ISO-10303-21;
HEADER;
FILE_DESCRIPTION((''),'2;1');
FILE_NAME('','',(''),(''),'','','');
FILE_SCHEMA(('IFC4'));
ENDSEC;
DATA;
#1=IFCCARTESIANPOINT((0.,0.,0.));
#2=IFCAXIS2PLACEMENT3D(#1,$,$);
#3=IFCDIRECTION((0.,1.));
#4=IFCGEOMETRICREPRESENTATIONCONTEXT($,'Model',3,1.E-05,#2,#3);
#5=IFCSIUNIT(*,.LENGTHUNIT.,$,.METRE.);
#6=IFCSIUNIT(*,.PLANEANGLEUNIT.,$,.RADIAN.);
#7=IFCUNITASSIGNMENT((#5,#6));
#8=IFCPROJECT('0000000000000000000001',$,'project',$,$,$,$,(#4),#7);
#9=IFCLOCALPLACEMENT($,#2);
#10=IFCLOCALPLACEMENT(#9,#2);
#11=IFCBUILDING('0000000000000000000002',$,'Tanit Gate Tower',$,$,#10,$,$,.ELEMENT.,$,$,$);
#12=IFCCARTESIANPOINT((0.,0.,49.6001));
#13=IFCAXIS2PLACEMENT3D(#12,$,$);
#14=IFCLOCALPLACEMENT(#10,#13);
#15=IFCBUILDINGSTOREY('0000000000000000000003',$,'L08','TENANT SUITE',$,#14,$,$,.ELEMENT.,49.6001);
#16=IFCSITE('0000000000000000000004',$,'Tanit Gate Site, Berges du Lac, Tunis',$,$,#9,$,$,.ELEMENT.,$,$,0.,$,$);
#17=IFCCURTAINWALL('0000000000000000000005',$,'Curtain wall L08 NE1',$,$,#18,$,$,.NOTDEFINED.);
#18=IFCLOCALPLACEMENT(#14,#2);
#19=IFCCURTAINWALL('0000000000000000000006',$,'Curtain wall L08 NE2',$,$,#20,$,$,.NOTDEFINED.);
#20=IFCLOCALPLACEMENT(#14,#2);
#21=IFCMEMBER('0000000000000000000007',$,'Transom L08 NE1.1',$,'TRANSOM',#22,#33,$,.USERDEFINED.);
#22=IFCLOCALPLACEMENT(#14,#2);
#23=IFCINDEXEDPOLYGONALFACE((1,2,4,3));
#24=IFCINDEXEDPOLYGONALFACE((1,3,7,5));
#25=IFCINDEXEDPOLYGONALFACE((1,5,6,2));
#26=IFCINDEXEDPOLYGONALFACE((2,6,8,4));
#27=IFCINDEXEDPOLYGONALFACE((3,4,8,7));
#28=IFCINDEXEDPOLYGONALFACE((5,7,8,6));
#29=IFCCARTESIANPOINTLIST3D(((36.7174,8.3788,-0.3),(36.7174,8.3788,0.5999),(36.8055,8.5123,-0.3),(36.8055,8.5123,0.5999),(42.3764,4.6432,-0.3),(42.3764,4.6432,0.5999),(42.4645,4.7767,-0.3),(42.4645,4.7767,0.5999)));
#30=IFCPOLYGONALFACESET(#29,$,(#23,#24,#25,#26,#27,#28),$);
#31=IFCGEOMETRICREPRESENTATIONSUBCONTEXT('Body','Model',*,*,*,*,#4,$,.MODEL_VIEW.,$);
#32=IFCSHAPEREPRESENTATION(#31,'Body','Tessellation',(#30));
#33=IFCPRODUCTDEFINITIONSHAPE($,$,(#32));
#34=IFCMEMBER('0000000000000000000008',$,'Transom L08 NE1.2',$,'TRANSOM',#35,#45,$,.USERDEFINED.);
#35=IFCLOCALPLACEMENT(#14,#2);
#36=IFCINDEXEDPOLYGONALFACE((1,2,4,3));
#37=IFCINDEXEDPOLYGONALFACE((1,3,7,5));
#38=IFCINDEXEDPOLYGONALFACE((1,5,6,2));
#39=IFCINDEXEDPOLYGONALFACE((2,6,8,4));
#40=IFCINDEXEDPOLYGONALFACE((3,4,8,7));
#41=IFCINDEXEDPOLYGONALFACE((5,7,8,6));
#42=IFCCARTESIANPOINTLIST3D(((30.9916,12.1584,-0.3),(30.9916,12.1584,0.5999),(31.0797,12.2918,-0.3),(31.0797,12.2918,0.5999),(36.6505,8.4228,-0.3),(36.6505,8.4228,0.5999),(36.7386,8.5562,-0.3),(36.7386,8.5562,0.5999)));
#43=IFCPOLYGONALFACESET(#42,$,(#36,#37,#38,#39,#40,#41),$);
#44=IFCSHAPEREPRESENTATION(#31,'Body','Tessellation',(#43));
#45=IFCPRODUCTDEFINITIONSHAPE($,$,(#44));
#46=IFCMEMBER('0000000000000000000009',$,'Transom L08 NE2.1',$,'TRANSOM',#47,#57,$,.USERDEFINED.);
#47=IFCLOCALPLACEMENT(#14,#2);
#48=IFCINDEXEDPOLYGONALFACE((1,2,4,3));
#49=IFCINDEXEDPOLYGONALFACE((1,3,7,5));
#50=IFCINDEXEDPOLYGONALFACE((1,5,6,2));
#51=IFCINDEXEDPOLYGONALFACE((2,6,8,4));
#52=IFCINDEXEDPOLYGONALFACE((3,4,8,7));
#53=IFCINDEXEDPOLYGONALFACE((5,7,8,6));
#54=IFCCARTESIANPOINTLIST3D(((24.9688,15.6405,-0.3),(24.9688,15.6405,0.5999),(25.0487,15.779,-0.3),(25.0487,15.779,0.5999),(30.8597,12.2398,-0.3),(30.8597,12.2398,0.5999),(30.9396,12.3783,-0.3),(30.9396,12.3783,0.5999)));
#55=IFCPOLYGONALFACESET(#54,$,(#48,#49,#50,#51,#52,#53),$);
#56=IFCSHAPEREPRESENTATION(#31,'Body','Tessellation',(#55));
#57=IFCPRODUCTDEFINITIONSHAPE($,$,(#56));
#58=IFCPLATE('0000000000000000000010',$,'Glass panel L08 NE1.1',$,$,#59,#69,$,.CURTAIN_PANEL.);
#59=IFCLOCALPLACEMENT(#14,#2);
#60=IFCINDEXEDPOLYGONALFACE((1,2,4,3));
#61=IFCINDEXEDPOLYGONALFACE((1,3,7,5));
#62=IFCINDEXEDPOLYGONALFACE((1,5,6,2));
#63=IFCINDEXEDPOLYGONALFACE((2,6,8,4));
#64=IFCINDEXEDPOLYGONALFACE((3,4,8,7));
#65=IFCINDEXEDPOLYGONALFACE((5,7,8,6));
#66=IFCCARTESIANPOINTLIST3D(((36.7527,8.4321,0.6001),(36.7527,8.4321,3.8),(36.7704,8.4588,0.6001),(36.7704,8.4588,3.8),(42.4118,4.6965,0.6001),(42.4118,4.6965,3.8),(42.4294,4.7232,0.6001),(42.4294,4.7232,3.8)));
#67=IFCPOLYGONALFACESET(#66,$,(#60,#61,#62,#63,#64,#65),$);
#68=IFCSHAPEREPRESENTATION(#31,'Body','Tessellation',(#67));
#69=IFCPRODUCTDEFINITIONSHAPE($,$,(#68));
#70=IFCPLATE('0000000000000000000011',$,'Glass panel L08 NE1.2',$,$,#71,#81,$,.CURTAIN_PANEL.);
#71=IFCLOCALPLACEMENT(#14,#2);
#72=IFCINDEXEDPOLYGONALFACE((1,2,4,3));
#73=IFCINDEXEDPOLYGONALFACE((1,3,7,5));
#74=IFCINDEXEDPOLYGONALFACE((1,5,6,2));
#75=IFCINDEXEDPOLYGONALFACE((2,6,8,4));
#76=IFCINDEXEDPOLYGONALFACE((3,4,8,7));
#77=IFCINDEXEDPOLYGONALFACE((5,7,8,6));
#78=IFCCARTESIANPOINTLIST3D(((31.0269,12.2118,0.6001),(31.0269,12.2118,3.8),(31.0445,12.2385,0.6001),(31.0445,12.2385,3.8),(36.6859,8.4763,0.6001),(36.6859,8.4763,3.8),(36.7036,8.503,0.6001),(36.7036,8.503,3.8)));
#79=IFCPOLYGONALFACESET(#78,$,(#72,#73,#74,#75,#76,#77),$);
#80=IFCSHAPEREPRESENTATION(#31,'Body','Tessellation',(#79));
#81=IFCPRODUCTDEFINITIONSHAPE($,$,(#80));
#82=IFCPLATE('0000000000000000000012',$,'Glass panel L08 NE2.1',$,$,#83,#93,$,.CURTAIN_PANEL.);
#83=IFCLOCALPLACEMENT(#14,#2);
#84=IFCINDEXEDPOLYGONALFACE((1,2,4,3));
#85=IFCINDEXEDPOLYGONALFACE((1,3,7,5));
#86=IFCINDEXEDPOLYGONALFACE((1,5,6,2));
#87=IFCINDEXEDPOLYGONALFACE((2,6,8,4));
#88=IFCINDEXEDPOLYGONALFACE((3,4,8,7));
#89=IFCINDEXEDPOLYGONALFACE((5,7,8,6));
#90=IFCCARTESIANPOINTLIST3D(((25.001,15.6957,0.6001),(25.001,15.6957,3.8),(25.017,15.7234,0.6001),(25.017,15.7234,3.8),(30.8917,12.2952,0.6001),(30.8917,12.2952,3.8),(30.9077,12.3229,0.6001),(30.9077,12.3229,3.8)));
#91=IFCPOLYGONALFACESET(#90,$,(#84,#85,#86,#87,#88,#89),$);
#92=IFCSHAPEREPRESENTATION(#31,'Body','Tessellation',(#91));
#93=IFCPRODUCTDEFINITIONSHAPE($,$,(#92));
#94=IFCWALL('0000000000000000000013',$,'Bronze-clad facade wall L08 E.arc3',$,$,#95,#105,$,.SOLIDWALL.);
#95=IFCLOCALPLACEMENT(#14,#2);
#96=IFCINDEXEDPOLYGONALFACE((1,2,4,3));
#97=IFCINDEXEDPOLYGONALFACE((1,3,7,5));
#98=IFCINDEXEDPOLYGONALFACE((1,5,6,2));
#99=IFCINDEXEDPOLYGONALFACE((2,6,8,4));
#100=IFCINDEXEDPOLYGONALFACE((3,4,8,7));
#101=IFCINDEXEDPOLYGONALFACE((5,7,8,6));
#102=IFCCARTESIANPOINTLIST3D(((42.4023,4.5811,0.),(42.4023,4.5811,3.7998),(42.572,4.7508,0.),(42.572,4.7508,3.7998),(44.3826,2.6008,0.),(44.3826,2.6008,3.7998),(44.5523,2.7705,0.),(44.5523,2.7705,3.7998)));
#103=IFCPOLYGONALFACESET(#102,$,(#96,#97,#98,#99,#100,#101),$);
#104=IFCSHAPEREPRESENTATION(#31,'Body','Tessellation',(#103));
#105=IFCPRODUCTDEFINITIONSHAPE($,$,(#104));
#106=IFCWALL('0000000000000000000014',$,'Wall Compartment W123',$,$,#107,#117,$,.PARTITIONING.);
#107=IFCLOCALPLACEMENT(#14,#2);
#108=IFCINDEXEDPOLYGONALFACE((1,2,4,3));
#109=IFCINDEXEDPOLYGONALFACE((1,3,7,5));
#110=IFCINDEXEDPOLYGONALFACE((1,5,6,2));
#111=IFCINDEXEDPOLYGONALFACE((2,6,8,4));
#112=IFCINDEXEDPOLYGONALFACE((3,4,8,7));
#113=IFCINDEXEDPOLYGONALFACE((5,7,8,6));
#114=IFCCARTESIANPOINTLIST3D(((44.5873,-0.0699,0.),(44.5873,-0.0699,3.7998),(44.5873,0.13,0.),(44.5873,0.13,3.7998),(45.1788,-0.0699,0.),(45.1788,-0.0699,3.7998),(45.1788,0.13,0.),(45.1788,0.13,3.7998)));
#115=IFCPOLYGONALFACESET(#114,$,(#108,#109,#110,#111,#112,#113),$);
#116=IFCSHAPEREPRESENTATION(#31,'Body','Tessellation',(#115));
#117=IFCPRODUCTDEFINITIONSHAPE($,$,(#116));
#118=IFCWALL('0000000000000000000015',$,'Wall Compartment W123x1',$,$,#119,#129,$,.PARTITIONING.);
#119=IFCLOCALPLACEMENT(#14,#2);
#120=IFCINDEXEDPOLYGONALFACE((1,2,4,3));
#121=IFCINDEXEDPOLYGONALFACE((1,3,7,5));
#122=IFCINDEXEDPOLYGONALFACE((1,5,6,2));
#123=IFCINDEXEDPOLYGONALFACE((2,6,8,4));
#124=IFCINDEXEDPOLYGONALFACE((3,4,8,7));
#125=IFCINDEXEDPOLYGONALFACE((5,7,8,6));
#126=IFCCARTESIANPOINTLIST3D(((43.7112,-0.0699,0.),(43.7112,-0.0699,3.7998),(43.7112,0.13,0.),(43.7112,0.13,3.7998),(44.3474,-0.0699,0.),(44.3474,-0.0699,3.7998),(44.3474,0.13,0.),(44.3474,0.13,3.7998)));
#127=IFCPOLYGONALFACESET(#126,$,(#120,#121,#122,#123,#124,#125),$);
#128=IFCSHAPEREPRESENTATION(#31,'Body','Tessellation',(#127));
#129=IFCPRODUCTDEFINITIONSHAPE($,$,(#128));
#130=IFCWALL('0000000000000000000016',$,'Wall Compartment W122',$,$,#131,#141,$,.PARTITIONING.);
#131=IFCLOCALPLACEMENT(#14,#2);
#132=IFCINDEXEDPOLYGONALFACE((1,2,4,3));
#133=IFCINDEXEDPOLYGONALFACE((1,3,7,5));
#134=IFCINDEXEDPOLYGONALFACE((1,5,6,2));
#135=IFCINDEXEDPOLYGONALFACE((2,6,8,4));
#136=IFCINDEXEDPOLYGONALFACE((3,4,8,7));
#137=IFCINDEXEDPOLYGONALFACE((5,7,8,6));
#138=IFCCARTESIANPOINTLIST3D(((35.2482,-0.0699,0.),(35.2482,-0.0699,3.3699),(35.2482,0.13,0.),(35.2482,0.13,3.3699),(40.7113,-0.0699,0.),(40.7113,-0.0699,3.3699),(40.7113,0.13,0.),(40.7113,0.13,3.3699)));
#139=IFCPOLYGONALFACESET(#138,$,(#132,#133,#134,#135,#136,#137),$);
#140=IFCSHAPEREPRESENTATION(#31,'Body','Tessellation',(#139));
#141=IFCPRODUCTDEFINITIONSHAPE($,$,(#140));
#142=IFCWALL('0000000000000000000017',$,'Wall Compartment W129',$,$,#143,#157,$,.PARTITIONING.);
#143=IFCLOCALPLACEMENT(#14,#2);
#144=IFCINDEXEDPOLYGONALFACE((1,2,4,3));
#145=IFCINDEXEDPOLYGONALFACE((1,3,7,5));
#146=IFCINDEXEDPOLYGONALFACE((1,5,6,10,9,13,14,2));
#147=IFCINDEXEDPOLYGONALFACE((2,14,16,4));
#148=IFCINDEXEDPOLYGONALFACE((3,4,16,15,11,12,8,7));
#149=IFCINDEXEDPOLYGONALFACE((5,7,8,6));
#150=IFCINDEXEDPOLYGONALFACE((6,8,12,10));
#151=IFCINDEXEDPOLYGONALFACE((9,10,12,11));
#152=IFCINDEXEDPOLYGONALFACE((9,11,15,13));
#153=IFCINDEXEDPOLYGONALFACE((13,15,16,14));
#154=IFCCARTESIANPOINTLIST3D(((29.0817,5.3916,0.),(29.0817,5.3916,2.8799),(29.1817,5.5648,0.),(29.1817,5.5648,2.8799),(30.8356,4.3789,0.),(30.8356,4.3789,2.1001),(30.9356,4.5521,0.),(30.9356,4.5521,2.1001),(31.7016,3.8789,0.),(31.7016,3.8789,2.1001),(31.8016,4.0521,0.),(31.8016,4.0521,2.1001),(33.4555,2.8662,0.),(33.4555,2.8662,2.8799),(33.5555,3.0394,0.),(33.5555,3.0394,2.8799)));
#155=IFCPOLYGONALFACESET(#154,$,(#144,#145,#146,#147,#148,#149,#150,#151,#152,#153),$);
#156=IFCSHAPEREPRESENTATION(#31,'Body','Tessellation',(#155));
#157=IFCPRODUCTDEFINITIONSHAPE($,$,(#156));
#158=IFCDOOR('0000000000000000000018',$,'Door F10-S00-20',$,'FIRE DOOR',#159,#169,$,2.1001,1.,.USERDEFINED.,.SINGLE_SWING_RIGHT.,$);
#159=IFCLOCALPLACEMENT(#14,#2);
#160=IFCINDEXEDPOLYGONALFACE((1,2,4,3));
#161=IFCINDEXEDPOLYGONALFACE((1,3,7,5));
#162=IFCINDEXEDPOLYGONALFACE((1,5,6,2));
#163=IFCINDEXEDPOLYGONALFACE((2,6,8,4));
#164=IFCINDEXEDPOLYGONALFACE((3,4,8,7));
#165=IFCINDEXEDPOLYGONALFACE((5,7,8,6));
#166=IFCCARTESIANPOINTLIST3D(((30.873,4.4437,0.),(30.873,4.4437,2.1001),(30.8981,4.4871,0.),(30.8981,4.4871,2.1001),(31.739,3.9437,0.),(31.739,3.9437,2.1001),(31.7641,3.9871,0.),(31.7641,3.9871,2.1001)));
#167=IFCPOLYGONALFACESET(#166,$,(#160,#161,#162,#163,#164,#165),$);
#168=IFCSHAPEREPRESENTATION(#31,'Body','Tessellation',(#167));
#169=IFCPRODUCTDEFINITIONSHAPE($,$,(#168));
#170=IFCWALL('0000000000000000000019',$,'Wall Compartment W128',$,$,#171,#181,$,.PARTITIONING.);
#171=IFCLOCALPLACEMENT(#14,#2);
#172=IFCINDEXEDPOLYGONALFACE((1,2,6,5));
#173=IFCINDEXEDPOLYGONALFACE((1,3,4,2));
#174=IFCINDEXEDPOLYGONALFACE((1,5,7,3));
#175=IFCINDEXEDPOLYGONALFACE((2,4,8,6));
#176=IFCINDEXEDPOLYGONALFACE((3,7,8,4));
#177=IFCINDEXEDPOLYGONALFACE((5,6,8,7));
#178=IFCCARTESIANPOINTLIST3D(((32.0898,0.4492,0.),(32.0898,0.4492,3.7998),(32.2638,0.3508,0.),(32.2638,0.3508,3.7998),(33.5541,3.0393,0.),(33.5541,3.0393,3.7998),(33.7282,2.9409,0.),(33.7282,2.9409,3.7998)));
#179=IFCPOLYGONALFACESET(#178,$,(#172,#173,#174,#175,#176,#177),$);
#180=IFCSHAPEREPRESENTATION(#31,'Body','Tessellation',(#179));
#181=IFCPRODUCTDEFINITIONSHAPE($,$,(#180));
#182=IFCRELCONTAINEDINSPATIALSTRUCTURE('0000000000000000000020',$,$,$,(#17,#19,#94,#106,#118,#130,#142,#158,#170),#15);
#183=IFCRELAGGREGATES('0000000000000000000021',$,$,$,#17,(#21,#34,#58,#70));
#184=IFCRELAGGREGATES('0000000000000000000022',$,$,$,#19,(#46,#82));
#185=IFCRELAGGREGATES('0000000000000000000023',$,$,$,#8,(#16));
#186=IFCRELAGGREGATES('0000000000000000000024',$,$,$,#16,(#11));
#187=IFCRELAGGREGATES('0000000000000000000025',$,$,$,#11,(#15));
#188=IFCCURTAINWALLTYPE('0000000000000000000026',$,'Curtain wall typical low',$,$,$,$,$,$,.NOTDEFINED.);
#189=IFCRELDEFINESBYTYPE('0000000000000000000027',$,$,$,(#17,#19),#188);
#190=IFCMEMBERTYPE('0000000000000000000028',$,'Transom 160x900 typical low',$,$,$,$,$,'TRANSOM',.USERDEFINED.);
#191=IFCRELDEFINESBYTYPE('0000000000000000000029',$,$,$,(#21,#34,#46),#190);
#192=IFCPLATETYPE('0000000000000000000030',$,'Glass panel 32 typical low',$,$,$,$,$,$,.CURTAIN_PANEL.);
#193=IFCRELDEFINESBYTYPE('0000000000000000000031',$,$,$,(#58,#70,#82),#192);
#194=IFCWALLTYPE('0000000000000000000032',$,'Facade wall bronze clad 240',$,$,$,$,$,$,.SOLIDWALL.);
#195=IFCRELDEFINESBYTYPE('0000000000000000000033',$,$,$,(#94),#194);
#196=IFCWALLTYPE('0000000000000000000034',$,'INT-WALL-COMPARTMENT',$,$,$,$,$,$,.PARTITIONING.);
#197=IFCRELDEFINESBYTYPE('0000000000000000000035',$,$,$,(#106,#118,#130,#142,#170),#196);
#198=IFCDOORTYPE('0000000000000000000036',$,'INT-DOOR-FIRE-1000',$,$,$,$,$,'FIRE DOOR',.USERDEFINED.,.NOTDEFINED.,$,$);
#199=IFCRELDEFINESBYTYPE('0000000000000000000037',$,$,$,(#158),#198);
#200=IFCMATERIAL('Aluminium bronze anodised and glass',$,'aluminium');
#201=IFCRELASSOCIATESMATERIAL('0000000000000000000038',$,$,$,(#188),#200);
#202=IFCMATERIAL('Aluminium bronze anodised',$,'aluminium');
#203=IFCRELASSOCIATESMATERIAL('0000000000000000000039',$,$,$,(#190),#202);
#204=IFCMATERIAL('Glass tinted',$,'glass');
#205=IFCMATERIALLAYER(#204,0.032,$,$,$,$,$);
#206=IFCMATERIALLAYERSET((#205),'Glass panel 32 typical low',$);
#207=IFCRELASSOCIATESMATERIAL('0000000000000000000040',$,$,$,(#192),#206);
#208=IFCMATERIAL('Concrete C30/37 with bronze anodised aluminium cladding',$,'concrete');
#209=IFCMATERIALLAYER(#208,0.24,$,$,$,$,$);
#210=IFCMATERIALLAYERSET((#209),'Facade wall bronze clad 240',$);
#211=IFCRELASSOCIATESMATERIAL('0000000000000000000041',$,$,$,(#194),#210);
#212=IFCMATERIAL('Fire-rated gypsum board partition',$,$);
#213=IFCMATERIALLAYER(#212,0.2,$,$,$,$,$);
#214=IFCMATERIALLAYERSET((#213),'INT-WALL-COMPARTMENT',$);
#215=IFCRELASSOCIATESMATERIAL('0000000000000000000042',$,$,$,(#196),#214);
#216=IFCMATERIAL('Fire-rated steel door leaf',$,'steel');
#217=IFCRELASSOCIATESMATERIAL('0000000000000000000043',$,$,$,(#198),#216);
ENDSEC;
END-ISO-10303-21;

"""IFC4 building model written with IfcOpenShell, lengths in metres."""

from ifc_helpers import new_model, si_unit, direction, frame, frame_2d, origin, origin_2d, place, context, subcontext, project, spatial, rectangle, extrude, material, layer, layer_set, material_profile, profile_set, type_object, element, fill, aggregate, save


model = new_model("IFC4")

# Units and contexts
model_context = context("Model", 3, precision=1e-05, world=origin(), true_north=direction((0.0, 1.0)))
body_context = subcontext(model_context, "Body", "Model", "MODEL_VIEW")
ifc_project = project(units=[si_unit("LENGTHUNIT", "METRE"), si_unit("PLANEANGLEUNIT", "RADIAN")], contexts=[model_context])

# Site, building, storey
site_placement = place(None, origin())
site = spatial("IfcSite", under=ifc_project, at=site_placement, Name="Tanit Gate Site, Berges du Lac, Tunis", CompositionType="ELEMENT", RefElevation=0.0)
building_placement = place(site_placement, origin())
building = spatial("IfcBuilding", under=site, at=building_placement, Name="Tanit Gate Tower", CompositionType="ELEMENT")
storey_placement = place(building_placement, frame((0.0, 0.0, 49.6001)))
storey = spatial("IfcBuildingStorey", under=building, at=storey_placement, Name="L08", Description="TENANT SUITE", CompositionType="ELEMENT", Elevation=49.6001)

# Curtain walls
ifc_material_1 = material(Name="Aluminium bronze anodised and glass", Category="aluminium")
curtain_wall_type = type_object("IfcCurtainWallType", Name="Curtain wall typical low", PredefinedType="NOTDEFINED", material=ifc_material_1)
curtain_wall_1_placement = place(storey_placement, origin())
curtain_wall_1 = element("IfcCurtainWall", 1, at=curtain_wall_1_placement, inside=storey, type_object=curtain_wall_type, Name="Curtain wall L08 NE1", PredefinedType="NOTDEFINED")
curtain_wall_2_placement = place(storey_placement, origin())
curtain_wall_2 = element("IfcCurtainWall", 2, at=curtain_wall_2_placement, inside=storey, type_object=curtain_wall_type, Name="Curtain wall L08 NE2", PredefinedType="NOTDEFINED")

# Members
ifc_material_2 = material(Name="Aluminium bronze anodised", Category="aluminium")
ifc_material_profile_1 = material_profile(ifc_material_2, rectangle(XDim=0.1599, YDim=0.8999, at=origin_2d()), Name="160x900 bronze transom")
ifc_profile_set_1 = profile_set([ifc_material_profile_1], Name="Aluminium bronze anodised")
member_type_1 = type_object("IfcMemberType", Name="Transom 160x900 typical low", ElementType="TRANSOM", PredefinedType="USERDEFINED", material=ifc_profile_set_1)
member_1_placement = place(storey_placement, frame((42.4204, 4.71, 0.1499), z_axis=(-0.834562, 0.550914, 0.0), x_axis=(-0.550914, -0.834562, 0.0)))
member_1 = element("IfcMember", 3, at=member_1_placement, type_object=member_type_1, Name="Transom L08 NE1.1", ObjectType="TRANSOM", PredefinedType="USERDEFINED", context=body_context, shape_type="SweptSolid", body=[
    extrude(rectangle(XDim=0.1599, YDim=0.8999, at=origin_2d()), origin(), (0.0, 0.0, 1.0), 6.7808),
])
member_2_placement = place(storey_placement, frame((36.6946, 8.4895, 0.1499), z_axis=(-0.834562, 0.550914, 0.0), x_axis=(-0.550914, -0.834562, 0.0)))
member_2 = element("IfcMember", 4, at=member_2_placement, type_object=member_type_1, Name="Transom L08 NE1.2", ObjectType="TRANSOM", PredefinedType="USERDEFINED", context=body_context, shape_type="SweptSolid", body=[
    extrude(rectangle(XDim=0.1599, YDim=0.8999, at=origin_2d()), origin(), (0.0, 0.0, 1.0), 6.7808),
])
member_3_placement = place(storey_placement, frame((30.8997, 12.3091, 0.1499), z_axis=(-0.866055, 0.499949, 0.0), x_axis=(-0.499949, -0.866055, 0.0)))
member_3 = element("IfcMember", 5, at=member_3_placement, type_object=member_type_1, Name="Transom L08 NE2.1", ObjectType="TRANSOM", PredefinedType="USERDEFINED", context=body_context, shape_type="SweptSolid", body=[
    extrude(rectangle(XDim=0.1599, YDim=0.8999, at=origin_2d()), origin(), (0.0, 0.0, 1.0), 6.802),
])

# Plates
ifc_material_3 = material(Name="Glass tinted", Category="glass")
ifc_layer_1 = layer(ifc_material_3, 0.032)
ifc_layer_set_1 = layer_set([ifc_layer_1], Name="Glass panel 32 typical low")
plate_type = type_object("IfcPlateType", Name="Glass panel 32 typical low", PredefinedType="CURTAIN_PANEL", material=ifc_layer_set_1)
plate_1_placement = place(storey_placement, frame((39.5911, 6.5776, 0.6001), z_axis=(0.0, 0.0, 1.0), x_axis=(-0.834569, 0.550903, 0.0)))
plate_1 = element("IfcPlate", 6, at=plate_1_placement, type_object=plate_type, Name="Glass panel L08 NE1.1", PredefinedType="CURTAIN_PANEL", context=body_context, shape_type="SweptSolid", body=[
    extrude(rectangle(XDim=6.7808, YDim=0.032, at=origin_2d()), origin(), (0.0, 0.0, 1.0), 3.2),
])
plate_2_placement = place(storey_placement, frame((33.8652, 10.3574, 0.6001), z_axis=(0.0, 0.0, 1.0), x_axis=(-0.834569, 0.550903, 0.0)))
plate_2 = element("IfcPlate", 7, at=plate_2_placement, type_object=plate_type, Name="Glass panel L08 NE1.2", PredefinedType="CURTAIN_PANEL", context=body_context, shape_type="SweptSolid", body=[
    extrude(rectangle(XDim=6.7808, YDim=0.032, at=origin_2d()), origin(), (0.0, 0.0, 1.0), 3.2),
])
aggregate(curtain_wall_1, [member_1, member_2, plate_1, plate_2])
plate_3_placement = place(storey_placement, frame((27.9543, 14.0093, 0.6001), z_axis=(0.0, 0.0, 1.0), x_axis=(-0.86606, 0.49994, 0.0)))
plate_3 = element("IfcPlate", 8, at=plate_3_placement, type_object=plate_type, Name="Glass panel L08 NE2.1", PredefinedType="CURTAIN_PANEL", context=body_context, shape_type="SweptSolid", body=[
    extrude(rectangle(XDim=6.8018, YDim=0.032, at=origin_2d()), origin(), (0.0, 0.0, 1.0), 3.2),
])
aggregate(curtain_wall_2, [member_3, plate_3])

# Walls
ifc_material_4 = material(Name="Concrete C30/37 with bronze anodised aluminium cladding", Category="concrete")
ifc_layer_2 = layer(ifc_material_4, 0.24)
ifc_layer_set_2 = layer_set([ifc_layer_2], Name="Facade wall bronze clad 240")
wall_type_1 = type_object("IfcWallType", Name="Facade wall bronze clad 240", PredefinedType="SOLIDWALL", material=ifc_layer_set_2)
wall_1_placement = place(storey_placement, frame((44.4675, 2.6855, 0.0), z_axis=(0.0, 0.0, 1.0), x_axis=(-0.707107, 0.707107, 0.0)))
element("IfcWall", 9, at=wall_1_placement, inside=storey, type_object=wall_type_1, Name="Bronze-clad facade wall L08 E.arc3", PredefinedType="SOLIDWALL", context=body_context, shape_type="SweptSolid", body=[
    extrude(rectangle(XDim=2.8005, YDim=0.24, at=frame_2d((1.4004, 0.0))), origin(), (0.0, 0.0, 1.0), 3.7998),
])
ifc_material_5 = material(Name="Fire-rated gypsum board partition")
ifc_layer_3 = layer(ifc_material_5, 0.2)
ifc_layer_set_3 = layer_set([ifc_layer_3], Name="INT-WALL-COMPARTMENT")
wall_type_2 = type_object("IfcWallType", Name="INT-WALL-COMPARTMENT", PredefinedType="PARTITIONING", material=ifc_layer_set_3)
wall_2_placement = place(storey_placement, frame((45.179, 0.03, 0.0), z_axis=(0.0, 0.0, 1.0), x_axis=(-1.0, 0.0, 0.0)))
element("IfcWall", 10, at=wall_2_placement, inside=storey, type_object=wall_type_2, Name="Wall Compartment W123", PredefinedType="PARTITIONING", context=body_context, shape_type="SweptSolid", body=[
    extrude(rectangle(XDim=0.5916, YDim=0.2, at=frame_2d((0.2959, 0.0))), origin(), (0.0, 0.0, 1.0), 3.7998),
])
wall_3_placement = place(storey_placement, frame((44.3474, 0.03, 0.0), z_axis=(0.0, 0.0, 1.0), x_axis=(-1.0, 0.0, 0.0)))
element("IfcWall", 11, at=wall_3_placement, inside=storey, type_object=wall_type_2, Name="Wall Compartment W123x1", PredefinedType="PARTITIONING", context=body_context, shape_type="SweptSolid", body=[
    extrude(rectangle(XDim=0.6362, YDim=0.2, at=frame_2d((0.3181, 0.0))), origin(), (0.0, 0.0, 1.0), 3.7998),
])
wall_4_placement = place(storey_placement, frame((40.7112, 0.03, 0.0), z_axis=(0.0, 0.0, 1.0), x_axis=(-1.0, 0.0, 0.0)))
element("IfcWall", 12, at=wall_4_placement, inside=storey, type_object=wall_type_2, Name="Wall Compartment W122", PredefinedType="PARTITIONING", context=body_context, shape_type="SweptSolid", body=[
    extrude(rectangle(XDim=5.4631, YDim=0.2, at=frame_2d((2.7314, 0.0))), origin(), (0.0, 0.0, 1.0), 3.3699),
])

# Wall, opening, door
wall_5_placement = place(storey_placement, frame((29.1316, 5.4783, 0.0), z_axis=(0.0, 0.0, 1.0), x_axis=(0.866009, -0.500028, 0.0)))
wall_5 = element("IfcWall", 13, at=wall_5_placement, inside=storey, type_object=wall_type_2, Name="Wall Compartment W129", PredefinedType="PARTITIONING", context=body_context, shape_type="SweptSolid", body=[
    extrude(rectangle(XDim=5.0505, YDim=0.2, at=frame_2d((2.5254, 0.0))), origin(), (0.0, 0.0, 1.0), 2.8799),
])
opening_placement = place(wall_5_placement, frame((2.0254, 0.0, 0.0)))
opening = element("IfcOpeningElement", 14, at=opening_placement, cuts=wall_5, PredefinedType="OPENING", context=body_context, shape_type="SweptSolid", body=[
    extrude(rectangle(XDim=1.0, YDim=2.1001, at=frame_2d((0.5, 1.05))), frame((0.0, 0.1099, 0.0), z_axis=(0.0, -1.0, 0.0), x_axis=(1.0, 0.0, 0.0)), (0.0, 0.0, 1.0), 0.22),
])
ifc_material_6 = material(Name="Fire-rated steel door leaf", Category="steel")
door_type = type_object("IfcDoorType", Name="INT-DOOR-FIRE-1000", ElementType="FIRE DOOR", OperationType="NOTDEFINED", PredefinedType="USERDEFINED", material=ifc_material_6)
door_placement = place(opening_placement, origin())
door = element("IfcDoor", 15, at=door_placement, inside=storey, type_object=door_type, Name="Door F10-S00-20", ObjectType="FIRE DOOR", OperationType="SINGLE_SWING_RIGHT", OverallHeight=2.1001, OverallWidth=1.0, PredefinedType="USERDEFINED", context=body_context, shape_type="SweptSolid", body=[
    extrude(rectangle(XDim=1.0, YDim=2.1001, at=frame_2d((0.5, 1.05))), frame((0.0, 0.0249, 0.0), z_axis=(0.0, -1.0, 0.0), x_axis=(1.0, 0.0, 0.0)), (0.0, 0.0, 1.0), 0.05),
])
fill(opening, door)

# Wall
wall_6_placement = place(storey_placement, frame((32.1768, 0.3999, 0.0), z_axis=(0.0, 0.0, 1.0), x_axis=(0.492157, 0.870506, 0.0)))
element("IfcWall", 16, at=wall_6_placement, inside=storey, type_object=wall_type_2, Name="Wall Compartment W128", PredefinedType="PARTITIONING", context=body_context, shape_type="SweptSolid", body=[
    extrude(rectangle(XDim=2.9753, YDim=0.2, at=frame_2d((1.4878, 0.0))), origin(), (0.0, 0.0, 1.0), 3.7998),
])

save(model, "model.ifc")
